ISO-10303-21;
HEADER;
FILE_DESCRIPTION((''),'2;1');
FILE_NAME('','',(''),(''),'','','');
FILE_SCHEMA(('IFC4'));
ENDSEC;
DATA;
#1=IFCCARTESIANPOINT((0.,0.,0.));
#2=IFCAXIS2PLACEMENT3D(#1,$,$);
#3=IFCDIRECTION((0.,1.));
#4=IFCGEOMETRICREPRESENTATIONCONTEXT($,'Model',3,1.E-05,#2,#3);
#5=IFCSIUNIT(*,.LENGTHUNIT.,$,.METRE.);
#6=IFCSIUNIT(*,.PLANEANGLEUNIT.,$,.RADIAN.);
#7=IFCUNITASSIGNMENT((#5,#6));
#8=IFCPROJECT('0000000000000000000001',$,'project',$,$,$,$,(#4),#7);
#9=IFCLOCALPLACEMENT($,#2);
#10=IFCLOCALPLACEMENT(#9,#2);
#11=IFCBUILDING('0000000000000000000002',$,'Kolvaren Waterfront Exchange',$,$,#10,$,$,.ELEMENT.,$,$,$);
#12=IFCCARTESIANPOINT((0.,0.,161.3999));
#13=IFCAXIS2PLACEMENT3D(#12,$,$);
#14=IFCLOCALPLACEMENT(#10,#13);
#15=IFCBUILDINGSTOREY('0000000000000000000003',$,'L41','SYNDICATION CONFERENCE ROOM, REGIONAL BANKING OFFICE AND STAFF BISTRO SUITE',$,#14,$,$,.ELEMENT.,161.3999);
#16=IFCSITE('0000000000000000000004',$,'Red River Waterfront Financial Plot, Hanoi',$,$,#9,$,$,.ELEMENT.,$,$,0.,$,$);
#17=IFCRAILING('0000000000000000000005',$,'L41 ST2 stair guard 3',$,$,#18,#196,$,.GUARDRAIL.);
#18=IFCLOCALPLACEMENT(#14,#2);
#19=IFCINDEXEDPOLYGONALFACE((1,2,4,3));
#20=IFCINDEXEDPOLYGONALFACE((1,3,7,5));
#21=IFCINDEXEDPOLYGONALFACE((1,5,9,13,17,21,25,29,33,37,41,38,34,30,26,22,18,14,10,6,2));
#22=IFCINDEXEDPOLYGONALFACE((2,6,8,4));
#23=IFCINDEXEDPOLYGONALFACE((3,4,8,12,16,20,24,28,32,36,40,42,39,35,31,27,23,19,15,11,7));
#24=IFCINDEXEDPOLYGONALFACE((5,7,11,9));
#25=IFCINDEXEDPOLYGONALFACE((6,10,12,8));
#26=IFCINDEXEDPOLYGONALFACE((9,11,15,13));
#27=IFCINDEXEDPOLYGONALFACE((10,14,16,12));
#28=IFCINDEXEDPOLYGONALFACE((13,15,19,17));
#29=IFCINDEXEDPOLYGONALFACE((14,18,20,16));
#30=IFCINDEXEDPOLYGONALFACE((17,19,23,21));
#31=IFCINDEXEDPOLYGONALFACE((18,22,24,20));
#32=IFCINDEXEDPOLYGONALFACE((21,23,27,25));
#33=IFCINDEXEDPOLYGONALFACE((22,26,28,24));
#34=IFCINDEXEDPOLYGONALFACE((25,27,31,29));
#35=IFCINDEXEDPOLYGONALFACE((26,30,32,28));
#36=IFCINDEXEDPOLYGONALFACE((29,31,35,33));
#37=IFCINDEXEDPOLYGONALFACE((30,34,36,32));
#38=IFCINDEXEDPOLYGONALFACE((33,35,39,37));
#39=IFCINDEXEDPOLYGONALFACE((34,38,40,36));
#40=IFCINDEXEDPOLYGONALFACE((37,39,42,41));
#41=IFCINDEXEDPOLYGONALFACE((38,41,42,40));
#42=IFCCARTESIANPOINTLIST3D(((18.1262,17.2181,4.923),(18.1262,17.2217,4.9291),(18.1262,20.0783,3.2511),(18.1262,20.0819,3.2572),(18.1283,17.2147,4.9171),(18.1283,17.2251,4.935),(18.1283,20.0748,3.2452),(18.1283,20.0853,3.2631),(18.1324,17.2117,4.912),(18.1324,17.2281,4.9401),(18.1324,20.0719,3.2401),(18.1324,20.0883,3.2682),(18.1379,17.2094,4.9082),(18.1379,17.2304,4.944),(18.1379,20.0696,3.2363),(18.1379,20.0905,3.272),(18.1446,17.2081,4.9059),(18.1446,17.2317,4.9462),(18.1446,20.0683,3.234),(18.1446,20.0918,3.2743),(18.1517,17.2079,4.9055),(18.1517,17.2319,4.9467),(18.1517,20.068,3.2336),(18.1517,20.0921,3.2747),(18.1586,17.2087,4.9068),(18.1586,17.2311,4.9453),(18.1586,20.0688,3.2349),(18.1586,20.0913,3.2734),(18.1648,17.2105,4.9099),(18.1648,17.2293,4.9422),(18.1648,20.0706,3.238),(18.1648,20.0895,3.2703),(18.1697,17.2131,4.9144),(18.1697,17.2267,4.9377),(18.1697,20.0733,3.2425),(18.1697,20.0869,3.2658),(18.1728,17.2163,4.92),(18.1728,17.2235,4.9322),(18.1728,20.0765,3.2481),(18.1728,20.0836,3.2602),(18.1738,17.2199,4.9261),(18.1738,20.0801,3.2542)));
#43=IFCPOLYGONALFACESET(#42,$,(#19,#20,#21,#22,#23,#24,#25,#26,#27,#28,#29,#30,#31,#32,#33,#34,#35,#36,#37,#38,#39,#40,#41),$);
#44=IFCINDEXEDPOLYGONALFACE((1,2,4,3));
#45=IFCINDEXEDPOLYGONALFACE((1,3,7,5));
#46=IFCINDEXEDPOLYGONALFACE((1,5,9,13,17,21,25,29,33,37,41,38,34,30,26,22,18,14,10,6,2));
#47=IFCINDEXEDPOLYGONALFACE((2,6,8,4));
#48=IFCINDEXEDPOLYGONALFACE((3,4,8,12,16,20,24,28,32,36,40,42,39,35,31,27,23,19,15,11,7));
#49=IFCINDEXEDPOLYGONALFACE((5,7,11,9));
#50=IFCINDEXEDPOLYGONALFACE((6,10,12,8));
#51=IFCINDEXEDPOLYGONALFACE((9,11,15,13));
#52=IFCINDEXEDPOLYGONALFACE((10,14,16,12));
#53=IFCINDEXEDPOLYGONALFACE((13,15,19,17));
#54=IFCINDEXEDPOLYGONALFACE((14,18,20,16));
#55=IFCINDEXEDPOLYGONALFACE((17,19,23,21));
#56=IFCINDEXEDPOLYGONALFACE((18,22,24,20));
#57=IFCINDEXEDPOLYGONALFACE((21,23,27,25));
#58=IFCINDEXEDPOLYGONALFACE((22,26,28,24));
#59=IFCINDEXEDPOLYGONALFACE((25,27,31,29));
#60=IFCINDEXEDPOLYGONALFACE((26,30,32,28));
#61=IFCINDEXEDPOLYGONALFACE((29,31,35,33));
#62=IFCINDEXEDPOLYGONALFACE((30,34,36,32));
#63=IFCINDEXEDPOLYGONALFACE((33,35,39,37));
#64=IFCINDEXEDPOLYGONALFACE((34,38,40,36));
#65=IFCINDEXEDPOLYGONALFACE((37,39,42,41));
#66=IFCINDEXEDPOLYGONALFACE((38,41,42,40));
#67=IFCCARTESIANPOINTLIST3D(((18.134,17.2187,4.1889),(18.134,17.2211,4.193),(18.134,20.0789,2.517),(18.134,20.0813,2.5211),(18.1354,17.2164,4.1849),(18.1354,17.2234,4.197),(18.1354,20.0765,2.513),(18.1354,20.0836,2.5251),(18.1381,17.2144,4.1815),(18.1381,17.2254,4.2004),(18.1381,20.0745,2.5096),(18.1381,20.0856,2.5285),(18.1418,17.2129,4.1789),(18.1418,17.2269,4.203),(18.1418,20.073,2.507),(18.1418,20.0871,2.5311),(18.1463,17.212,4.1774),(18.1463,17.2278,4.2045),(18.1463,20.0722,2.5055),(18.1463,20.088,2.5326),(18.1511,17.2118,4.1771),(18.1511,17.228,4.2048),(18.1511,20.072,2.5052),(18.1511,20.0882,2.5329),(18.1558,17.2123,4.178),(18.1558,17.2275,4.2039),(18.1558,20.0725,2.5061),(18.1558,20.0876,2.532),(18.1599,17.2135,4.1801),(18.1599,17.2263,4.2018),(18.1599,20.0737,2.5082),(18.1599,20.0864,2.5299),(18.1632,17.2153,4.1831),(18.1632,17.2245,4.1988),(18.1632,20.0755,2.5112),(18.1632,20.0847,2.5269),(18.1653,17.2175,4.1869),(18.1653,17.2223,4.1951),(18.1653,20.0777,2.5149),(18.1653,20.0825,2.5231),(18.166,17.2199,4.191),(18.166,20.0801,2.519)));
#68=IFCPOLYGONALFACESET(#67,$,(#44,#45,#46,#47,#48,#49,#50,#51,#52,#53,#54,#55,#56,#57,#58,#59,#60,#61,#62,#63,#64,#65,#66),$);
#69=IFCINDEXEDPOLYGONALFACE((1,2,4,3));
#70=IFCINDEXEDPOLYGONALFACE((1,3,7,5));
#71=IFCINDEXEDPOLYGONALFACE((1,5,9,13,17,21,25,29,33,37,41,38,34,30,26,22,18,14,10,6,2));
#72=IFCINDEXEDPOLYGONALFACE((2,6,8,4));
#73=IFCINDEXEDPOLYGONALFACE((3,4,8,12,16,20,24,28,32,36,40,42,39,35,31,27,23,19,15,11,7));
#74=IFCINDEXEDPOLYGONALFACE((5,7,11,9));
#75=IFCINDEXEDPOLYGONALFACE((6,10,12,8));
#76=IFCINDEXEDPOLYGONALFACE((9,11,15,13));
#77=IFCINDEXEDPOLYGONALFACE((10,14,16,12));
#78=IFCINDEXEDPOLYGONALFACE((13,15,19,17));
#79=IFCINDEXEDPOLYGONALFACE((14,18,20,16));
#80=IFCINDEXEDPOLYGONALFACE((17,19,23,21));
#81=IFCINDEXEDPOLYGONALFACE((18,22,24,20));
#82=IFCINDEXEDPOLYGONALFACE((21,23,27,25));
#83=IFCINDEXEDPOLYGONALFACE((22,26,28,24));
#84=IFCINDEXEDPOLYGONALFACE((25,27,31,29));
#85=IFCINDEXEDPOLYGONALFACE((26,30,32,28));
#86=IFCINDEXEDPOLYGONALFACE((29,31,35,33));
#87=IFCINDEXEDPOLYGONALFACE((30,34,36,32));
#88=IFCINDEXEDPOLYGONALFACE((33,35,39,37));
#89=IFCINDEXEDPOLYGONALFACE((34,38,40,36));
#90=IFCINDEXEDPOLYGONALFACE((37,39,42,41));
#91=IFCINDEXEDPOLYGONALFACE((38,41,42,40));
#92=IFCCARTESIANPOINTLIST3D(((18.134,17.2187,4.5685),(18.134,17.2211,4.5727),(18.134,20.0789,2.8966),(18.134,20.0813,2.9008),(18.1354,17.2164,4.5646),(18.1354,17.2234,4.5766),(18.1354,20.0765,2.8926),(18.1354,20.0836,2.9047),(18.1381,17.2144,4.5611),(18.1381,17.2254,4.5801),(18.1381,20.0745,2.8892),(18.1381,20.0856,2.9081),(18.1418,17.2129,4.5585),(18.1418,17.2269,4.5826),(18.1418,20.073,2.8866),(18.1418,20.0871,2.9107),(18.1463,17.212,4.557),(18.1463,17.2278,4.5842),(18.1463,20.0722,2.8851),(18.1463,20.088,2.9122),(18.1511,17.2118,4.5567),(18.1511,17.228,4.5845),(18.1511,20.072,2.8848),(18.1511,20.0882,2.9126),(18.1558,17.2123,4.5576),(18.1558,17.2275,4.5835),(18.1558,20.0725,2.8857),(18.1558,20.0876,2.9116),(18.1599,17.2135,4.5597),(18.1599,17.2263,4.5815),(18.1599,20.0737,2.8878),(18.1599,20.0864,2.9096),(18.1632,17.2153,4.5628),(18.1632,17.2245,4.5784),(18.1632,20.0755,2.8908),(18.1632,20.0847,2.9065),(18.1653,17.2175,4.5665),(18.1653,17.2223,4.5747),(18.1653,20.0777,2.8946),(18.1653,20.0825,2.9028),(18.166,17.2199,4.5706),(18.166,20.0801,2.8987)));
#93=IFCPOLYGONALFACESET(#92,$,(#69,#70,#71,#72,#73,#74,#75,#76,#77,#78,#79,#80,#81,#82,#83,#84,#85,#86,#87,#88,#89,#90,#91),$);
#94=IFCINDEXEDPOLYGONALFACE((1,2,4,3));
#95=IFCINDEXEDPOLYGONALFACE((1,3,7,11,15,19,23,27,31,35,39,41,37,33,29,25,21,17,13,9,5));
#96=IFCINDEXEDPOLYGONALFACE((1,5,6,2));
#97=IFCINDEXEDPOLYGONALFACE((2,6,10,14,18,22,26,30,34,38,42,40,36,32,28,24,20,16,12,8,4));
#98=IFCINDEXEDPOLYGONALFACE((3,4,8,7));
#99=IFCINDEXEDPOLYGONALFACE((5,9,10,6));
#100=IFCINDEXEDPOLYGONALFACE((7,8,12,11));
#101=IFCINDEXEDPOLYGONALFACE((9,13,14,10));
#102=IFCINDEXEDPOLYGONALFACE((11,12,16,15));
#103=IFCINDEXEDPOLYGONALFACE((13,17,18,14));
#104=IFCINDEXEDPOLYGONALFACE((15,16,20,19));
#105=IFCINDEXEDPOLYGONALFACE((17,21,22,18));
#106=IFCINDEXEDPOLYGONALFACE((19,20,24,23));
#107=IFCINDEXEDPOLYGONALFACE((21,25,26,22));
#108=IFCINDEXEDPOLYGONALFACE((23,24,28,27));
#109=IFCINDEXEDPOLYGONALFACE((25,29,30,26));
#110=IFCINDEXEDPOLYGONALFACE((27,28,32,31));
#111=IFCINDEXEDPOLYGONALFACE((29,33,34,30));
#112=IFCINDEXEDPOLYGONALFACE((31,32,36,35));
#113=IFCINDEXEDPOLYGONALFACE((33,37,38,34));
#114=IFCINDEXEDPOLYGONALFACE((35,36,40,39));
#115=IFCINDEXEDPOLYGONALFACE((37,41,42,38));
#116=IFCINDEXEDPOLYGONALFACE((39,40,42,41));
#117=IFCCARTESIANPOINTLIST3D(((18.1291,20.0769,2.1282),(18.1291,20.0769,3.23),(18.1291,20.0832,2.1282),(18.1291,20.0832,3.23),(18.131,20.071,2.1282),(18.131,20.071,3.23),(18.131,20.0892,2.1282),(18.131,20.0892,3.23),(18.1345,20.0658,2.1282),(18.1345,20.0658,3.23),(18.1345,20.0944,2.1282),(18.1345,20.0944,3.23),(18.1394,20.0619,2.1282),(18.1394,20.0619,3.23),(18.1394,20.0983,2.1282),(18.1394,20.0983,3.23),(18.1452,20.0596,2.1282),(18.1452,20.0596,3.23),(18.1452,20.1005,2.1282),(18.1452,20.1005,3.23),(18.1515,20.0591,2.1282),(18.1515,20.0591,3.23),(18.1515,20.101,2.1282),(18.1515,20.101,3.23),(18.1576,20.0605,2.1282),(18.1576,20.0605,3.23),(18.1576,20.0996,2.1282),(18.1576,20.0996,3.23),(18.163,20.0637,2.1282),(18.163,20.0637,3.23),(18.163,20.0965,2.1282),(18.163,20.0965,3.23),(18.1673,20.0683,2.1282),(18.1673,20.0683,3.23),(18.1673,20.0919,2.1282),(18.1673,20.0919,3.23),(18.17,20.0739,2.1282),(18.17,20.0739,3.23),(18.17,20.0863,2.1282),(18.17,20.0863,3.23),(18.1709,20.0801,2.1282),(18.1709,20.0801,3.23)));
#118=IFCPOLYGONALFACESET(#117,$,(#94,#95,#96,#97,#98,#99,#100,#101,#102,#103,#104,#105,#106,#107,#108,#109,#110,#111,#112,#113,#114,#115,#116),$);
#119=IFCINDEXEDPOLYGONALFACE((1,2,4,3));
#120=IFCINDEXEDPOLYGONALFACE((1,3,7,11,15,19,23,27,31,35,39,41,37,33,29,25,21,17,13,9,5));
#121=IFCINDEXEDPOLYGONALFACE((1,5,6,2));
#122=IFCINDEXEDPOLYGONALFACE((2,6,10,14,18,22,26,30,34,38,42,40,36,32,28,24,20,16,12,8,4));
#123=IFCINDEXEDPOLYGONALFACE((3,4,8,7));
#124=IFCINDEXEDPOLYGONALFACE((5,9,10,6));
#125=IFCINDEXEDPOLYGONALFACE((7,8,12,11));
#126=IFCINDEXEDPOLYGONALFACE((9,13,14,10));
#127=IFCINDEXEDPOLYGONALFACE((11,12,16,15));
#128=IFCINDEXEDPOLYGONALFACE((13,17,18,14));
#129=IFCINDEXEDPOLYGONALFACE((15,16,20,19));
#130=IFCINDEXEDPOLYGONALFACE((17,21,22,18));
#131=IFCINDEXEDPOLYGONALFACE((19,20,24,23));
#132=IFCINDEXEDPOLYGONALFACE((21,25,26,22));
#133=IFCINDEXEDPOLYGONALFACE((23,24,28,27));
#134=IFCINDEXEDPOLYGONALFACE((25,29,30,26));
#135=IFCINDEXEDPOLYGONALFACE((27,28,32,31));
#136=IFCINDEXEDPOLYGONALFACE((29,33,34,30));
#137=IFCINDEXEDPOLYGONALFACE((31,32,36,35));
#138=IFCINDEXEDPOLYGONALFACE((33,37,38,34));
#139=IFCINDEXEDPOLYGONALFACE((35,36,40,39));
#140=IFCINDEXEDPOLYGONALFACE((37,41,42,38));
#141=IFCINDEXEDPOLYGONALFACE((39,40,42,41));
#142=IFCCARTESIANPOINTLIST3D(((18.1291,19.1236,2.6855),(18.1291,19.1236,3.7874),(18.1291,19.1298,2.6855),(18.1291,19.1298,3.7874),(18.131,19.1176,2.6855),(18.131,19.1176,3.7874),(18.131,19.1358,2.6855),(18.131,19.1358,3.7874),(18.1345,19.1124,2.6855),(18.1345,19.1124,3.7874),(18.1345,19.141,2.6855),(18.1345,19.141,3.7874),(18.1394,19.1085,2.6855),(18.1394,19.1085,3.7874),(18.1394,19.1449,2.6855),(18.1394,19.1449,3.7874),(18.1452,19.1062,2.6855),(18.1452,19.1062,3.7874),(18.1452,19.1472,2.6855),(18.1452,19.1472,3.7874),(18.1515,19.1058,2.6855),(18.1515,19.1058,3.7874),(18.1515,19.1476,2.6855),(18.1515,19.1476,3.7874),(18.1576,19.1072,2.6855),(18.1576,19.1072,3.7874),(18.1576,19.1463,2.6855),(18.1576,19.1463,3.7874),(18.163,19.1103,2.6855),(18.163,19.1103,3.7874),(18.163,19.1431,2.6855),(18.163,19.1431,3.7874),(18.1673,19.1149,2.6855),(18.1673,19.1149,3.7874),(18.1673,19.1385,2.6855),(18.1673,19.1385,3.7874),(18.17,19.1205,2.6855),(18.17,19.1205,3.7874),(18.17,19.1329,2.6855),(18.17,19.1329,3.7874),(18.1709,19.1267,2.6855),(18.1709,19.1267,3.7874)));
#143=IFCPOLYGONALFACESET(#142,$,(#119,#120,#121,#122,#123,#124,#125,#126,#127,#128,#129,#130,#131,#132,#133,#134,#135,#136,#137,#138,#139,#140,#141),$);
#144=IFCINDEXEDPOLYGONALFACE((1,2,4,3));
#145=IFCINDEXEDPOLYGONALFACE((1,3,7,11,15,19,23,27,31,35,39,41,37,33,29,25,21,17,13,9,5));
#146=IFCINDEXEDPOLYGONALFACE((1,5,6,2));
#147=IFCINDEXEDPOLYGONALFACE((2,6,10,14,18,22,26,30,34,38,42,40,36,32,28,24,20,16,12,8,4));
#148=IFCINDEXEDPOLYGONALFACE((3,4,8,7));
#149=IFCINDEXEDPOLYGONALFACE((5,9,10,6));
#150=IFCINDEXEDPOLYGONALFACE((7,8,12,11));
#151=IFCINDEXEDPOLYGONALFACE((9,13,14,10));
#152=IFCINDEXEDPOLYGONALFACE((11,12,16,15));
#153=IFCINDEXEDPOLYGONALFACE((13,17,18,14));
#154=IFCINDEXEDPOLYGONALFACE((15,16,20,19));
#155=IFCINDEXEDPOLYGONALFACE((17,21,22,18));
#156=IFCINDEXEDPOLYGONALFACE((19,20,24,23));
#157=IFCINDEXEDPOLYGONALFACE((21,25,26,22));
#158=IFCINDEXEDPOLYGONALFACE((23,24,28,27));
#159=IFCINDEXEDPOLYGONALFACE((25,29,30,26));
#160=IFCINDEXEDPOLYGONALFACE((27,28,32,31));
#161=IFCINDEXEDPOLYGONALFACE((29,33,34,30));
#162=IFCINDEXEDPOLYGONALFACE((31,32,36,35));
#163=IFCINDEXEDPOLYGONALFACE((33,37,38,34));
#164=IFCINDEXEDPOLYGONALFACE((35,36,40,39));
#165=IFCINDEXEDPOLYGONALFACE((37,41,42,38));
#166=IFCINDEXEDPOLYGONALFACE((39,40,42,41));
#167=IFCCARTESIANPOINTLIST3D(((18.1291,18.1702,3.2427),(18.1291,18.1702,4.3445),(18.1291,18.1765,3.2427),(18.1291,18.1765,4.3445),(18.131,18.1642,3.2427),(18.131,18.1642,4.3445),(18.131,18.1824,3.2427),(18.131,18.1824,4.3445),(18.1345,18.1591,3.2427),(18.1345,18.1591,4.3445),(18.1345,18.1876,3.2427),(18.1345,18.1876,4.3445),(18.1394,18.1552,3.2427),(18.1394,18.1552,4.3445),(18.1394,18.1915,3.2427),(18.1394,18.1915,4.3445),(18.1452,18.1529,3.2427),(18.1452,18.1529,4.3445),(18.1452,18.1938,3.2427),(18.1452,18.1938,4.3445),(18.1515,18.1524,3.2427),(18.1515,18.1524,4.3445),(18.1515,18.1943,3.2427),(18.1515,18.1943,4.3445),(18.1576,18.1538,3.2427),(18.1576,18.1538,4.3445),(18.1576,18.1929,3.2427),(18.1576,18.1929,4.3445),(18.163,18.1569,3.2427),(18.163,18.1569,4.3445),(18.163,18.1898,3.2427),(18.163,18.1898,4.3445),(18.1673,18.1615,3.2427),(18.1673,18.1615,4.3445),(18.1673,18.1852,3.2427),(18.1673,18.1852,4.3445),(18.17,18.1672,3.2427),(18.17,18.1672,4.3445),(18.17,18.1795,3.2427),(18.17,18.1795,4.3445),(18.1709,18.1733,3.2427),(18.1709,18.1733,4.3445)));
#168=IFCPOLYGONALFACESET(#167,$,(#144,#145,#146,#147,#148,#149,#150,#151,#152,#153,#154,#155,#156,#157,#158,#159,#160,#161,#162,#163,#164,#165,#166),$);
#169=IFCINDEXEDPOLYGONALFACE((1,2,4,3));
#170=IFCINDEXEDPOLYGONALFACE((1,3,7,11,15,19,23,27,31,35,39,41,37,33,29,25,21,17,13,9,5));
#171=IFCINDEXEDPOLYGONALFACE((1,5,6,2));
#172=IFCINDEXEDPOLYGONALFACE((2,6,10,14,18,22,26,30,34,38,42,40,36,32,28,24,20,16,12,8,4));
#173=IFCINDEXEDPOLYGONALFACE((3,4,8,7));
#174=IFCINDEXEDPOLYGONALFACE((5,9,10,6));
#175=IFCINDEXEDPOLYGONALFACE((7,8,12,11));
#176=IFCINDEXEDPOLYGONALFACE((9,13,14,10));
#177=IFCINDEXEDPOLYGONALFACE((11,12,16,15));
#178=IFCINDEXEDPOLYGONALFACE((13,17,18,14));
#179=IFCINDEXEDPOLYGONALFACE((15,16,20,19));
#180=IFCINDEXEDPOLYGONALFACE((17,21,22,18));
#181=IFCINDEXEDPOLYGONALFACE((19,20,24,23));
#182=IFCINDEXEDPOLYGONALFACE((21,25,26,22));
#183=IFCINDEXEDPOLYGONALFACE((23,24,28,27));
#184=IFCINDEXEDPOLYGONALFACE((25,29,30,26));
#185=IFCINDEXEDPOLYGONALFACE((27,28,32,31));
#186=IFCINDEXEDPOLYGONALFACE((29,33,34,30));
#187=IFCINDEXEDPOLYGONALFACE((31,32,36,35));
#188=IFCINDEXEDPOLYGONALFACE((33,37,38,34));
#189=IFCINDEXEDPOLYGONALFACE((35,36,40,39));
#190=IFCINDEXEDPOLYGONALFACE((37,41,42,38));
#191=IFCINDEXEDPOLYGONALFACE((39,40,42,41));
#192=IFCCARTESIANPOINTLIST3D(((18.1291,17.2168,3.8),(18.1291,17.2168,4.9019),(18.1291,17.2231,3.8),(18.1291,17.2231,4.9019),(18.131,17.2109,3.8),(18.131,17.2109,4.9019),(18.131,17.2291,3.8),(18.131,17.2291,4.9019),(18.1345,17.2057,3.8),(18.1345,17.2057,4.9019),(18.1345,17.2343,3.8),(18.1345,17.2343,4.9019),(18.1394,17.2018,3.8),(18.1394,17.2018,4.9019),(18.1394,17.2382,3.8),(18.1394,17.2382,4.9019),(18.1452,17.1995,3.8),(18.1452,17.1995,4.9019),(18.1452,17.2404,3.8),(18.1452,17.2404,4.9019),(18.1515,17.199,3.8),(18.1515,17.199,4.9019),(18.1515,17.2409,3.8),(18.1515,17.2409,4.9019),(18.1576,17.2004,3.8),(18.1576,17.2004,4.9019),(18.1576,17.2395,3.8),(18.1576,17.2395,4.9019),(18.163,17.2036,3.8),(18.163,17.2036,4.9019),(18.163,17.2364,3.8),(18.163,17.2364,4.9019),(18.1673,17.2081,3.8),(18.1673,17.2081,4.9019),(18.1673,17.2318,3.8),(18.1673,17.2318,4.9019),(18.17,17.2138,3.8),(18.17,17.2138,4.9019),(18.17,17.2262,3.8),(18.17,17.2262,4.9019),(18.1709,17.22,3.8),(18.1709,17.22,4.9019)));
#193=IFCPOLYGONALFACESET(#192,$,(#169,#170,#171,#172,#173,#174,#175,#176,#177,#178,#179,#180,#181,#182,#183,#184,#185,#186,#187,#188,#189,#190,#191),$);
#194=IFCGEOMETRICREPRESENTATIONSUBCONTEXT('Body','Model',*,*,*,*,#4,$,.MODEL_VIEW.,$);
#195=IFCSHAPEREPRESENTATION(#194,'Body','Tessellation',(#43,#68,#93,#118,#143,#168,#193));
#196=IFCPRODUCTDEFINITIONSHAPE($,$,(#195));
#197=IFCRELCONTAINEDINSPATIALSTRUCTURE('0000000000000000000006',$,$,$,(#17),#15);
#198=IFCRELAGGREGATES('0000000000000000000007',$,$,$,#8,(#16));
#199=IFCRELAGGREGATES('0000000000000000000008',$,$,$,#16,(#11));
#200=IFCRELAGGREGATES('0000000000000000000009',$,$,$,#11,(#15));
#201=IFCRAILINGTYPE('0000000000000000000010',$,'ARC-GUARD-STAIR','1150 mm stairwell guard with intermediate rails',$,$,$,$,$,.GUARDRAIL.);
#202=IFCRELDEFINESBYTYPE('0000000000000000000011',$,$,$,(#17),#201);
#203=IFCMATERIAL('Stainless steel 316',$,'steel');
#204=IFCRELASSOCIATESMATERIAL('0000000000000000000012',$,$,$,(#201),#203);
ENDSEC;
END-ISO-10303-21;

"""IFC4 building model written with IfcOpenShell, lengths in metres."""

from ifc_helpers import new_model, si_unit, direction, frame, origin, origin_2d, place, context, subcontext, project, spatial, circle, extrude, material, type_object, element, save


model = new_model("IFC4")

# Units and contexts
model_context = context("Model", 3, precision=1e-05, world=origin(), true_north=direction((0.0, 1.0)))
body_context = subcontext(model_context, "Body", "Model", "MODEL_VIEW")
ifc_project = project(units=[si_unit("LENGTHUNIT", "METRE"), si_unit("PLANEANGLEUNIT", "RADIAN")], contexts=[model_context])

# Site, building, storey
site_placement = place(None, origin())
site = spatial("IfcSite", under=ifc_project, at=site_placement, Name="Red River Waterfront Financial Plot, Hanoi", CompositionType="ELEMENT", RefElevation=0.0)
building_placement = place(site_placement, origin())
building = spatial("IfcBuilding", under=site, at=building_placement, Name="Kolvaren Waterfront Exchange", CompositionType="ELEMENT")
storey_placement = place(building_placement, frame((0.0, 0.0, 161.3999)))
storey = spatial("IfcBuildingStorey", under=building, at=storey_placement, Name="L41", Description="SYNDICATION CONFERENCE ROOM, REGIONAL BANKING OFFICE AND STAFF BISTRO SUITE", CompositionType="ELEMENT", Elevation=161.3999)

# Railing
ifc_material_1 = material(Name="Stainless steel 316", Category="steel")
railing_type = type_object("IfcRailingType", Name="ARC-GUARD-STAIR", Description="1150 mm stairwell guard with intermediate rails", PredefinedType="GUARDRAIL", material=ifc_material_1)
railing_1_placement = place(storey_placement, frame((18.1499, 20.0801, 2.1282)))
element("IfcRailing", 1, at=railing_1_placement, inside=storey, type_object=railing_type, Name="L41 ST2 stair guard 3", PredefinedType="GUARDRAIL", context=body_context, shape_type="SweptSolid", body=[
    extrude(circle(Radius=0.0239, at=origin_2d()), frame((0.0, 0.0, 1.126), z_axis=(0.0, -0.863321, 0.504654), x_axis=(1.0, 0.0, 0.0)), (0.0, 0.0, 1.0), 3.313),
    extrude(circle(Radius=0.0161, at=origin_2d()), frame((0.0, 0.0, 0.3909), z_axis=(0.0, -0.863321, 0.504654), x_axis=(1.0, 0.0, 0.0)), (0.0, 0.0, 1.0), 3.313),
    extrude(circle(Radius=0.0161, at=origin_2d()), frame((0.0, 0.0, 0.7705), z_axis=(0.0, -0.863321, 0.504654), x_axis=(1.0, 0.0, 0.0)), (0.0, 0.0, 1.0), 3.313),
    extrude(circle(Radius=0.021, at=origin_2d()), origin(), (0.0, 0.0, 1.0), 1.1018),
    extrude(circle(Radius=0.021, at=origin_2d()), frame((0.0, -0.9534, 0.5574)), (0.0, 0.0, 1.0), 1.1018),
    extrude(circle(Radius=0.021, at=origin_2d()), frame((0.0, -1.9067, 1.1145)), (0.0, 0.0, 1.0), 1.1018),
    extrude(circle(Radius=0.021, at=origin_2d()), frame((0.0, -2.8601, 1.6719)), (0.0, 0.0, 1.0), 1.1018),
])

save(model, "model.ifc")
